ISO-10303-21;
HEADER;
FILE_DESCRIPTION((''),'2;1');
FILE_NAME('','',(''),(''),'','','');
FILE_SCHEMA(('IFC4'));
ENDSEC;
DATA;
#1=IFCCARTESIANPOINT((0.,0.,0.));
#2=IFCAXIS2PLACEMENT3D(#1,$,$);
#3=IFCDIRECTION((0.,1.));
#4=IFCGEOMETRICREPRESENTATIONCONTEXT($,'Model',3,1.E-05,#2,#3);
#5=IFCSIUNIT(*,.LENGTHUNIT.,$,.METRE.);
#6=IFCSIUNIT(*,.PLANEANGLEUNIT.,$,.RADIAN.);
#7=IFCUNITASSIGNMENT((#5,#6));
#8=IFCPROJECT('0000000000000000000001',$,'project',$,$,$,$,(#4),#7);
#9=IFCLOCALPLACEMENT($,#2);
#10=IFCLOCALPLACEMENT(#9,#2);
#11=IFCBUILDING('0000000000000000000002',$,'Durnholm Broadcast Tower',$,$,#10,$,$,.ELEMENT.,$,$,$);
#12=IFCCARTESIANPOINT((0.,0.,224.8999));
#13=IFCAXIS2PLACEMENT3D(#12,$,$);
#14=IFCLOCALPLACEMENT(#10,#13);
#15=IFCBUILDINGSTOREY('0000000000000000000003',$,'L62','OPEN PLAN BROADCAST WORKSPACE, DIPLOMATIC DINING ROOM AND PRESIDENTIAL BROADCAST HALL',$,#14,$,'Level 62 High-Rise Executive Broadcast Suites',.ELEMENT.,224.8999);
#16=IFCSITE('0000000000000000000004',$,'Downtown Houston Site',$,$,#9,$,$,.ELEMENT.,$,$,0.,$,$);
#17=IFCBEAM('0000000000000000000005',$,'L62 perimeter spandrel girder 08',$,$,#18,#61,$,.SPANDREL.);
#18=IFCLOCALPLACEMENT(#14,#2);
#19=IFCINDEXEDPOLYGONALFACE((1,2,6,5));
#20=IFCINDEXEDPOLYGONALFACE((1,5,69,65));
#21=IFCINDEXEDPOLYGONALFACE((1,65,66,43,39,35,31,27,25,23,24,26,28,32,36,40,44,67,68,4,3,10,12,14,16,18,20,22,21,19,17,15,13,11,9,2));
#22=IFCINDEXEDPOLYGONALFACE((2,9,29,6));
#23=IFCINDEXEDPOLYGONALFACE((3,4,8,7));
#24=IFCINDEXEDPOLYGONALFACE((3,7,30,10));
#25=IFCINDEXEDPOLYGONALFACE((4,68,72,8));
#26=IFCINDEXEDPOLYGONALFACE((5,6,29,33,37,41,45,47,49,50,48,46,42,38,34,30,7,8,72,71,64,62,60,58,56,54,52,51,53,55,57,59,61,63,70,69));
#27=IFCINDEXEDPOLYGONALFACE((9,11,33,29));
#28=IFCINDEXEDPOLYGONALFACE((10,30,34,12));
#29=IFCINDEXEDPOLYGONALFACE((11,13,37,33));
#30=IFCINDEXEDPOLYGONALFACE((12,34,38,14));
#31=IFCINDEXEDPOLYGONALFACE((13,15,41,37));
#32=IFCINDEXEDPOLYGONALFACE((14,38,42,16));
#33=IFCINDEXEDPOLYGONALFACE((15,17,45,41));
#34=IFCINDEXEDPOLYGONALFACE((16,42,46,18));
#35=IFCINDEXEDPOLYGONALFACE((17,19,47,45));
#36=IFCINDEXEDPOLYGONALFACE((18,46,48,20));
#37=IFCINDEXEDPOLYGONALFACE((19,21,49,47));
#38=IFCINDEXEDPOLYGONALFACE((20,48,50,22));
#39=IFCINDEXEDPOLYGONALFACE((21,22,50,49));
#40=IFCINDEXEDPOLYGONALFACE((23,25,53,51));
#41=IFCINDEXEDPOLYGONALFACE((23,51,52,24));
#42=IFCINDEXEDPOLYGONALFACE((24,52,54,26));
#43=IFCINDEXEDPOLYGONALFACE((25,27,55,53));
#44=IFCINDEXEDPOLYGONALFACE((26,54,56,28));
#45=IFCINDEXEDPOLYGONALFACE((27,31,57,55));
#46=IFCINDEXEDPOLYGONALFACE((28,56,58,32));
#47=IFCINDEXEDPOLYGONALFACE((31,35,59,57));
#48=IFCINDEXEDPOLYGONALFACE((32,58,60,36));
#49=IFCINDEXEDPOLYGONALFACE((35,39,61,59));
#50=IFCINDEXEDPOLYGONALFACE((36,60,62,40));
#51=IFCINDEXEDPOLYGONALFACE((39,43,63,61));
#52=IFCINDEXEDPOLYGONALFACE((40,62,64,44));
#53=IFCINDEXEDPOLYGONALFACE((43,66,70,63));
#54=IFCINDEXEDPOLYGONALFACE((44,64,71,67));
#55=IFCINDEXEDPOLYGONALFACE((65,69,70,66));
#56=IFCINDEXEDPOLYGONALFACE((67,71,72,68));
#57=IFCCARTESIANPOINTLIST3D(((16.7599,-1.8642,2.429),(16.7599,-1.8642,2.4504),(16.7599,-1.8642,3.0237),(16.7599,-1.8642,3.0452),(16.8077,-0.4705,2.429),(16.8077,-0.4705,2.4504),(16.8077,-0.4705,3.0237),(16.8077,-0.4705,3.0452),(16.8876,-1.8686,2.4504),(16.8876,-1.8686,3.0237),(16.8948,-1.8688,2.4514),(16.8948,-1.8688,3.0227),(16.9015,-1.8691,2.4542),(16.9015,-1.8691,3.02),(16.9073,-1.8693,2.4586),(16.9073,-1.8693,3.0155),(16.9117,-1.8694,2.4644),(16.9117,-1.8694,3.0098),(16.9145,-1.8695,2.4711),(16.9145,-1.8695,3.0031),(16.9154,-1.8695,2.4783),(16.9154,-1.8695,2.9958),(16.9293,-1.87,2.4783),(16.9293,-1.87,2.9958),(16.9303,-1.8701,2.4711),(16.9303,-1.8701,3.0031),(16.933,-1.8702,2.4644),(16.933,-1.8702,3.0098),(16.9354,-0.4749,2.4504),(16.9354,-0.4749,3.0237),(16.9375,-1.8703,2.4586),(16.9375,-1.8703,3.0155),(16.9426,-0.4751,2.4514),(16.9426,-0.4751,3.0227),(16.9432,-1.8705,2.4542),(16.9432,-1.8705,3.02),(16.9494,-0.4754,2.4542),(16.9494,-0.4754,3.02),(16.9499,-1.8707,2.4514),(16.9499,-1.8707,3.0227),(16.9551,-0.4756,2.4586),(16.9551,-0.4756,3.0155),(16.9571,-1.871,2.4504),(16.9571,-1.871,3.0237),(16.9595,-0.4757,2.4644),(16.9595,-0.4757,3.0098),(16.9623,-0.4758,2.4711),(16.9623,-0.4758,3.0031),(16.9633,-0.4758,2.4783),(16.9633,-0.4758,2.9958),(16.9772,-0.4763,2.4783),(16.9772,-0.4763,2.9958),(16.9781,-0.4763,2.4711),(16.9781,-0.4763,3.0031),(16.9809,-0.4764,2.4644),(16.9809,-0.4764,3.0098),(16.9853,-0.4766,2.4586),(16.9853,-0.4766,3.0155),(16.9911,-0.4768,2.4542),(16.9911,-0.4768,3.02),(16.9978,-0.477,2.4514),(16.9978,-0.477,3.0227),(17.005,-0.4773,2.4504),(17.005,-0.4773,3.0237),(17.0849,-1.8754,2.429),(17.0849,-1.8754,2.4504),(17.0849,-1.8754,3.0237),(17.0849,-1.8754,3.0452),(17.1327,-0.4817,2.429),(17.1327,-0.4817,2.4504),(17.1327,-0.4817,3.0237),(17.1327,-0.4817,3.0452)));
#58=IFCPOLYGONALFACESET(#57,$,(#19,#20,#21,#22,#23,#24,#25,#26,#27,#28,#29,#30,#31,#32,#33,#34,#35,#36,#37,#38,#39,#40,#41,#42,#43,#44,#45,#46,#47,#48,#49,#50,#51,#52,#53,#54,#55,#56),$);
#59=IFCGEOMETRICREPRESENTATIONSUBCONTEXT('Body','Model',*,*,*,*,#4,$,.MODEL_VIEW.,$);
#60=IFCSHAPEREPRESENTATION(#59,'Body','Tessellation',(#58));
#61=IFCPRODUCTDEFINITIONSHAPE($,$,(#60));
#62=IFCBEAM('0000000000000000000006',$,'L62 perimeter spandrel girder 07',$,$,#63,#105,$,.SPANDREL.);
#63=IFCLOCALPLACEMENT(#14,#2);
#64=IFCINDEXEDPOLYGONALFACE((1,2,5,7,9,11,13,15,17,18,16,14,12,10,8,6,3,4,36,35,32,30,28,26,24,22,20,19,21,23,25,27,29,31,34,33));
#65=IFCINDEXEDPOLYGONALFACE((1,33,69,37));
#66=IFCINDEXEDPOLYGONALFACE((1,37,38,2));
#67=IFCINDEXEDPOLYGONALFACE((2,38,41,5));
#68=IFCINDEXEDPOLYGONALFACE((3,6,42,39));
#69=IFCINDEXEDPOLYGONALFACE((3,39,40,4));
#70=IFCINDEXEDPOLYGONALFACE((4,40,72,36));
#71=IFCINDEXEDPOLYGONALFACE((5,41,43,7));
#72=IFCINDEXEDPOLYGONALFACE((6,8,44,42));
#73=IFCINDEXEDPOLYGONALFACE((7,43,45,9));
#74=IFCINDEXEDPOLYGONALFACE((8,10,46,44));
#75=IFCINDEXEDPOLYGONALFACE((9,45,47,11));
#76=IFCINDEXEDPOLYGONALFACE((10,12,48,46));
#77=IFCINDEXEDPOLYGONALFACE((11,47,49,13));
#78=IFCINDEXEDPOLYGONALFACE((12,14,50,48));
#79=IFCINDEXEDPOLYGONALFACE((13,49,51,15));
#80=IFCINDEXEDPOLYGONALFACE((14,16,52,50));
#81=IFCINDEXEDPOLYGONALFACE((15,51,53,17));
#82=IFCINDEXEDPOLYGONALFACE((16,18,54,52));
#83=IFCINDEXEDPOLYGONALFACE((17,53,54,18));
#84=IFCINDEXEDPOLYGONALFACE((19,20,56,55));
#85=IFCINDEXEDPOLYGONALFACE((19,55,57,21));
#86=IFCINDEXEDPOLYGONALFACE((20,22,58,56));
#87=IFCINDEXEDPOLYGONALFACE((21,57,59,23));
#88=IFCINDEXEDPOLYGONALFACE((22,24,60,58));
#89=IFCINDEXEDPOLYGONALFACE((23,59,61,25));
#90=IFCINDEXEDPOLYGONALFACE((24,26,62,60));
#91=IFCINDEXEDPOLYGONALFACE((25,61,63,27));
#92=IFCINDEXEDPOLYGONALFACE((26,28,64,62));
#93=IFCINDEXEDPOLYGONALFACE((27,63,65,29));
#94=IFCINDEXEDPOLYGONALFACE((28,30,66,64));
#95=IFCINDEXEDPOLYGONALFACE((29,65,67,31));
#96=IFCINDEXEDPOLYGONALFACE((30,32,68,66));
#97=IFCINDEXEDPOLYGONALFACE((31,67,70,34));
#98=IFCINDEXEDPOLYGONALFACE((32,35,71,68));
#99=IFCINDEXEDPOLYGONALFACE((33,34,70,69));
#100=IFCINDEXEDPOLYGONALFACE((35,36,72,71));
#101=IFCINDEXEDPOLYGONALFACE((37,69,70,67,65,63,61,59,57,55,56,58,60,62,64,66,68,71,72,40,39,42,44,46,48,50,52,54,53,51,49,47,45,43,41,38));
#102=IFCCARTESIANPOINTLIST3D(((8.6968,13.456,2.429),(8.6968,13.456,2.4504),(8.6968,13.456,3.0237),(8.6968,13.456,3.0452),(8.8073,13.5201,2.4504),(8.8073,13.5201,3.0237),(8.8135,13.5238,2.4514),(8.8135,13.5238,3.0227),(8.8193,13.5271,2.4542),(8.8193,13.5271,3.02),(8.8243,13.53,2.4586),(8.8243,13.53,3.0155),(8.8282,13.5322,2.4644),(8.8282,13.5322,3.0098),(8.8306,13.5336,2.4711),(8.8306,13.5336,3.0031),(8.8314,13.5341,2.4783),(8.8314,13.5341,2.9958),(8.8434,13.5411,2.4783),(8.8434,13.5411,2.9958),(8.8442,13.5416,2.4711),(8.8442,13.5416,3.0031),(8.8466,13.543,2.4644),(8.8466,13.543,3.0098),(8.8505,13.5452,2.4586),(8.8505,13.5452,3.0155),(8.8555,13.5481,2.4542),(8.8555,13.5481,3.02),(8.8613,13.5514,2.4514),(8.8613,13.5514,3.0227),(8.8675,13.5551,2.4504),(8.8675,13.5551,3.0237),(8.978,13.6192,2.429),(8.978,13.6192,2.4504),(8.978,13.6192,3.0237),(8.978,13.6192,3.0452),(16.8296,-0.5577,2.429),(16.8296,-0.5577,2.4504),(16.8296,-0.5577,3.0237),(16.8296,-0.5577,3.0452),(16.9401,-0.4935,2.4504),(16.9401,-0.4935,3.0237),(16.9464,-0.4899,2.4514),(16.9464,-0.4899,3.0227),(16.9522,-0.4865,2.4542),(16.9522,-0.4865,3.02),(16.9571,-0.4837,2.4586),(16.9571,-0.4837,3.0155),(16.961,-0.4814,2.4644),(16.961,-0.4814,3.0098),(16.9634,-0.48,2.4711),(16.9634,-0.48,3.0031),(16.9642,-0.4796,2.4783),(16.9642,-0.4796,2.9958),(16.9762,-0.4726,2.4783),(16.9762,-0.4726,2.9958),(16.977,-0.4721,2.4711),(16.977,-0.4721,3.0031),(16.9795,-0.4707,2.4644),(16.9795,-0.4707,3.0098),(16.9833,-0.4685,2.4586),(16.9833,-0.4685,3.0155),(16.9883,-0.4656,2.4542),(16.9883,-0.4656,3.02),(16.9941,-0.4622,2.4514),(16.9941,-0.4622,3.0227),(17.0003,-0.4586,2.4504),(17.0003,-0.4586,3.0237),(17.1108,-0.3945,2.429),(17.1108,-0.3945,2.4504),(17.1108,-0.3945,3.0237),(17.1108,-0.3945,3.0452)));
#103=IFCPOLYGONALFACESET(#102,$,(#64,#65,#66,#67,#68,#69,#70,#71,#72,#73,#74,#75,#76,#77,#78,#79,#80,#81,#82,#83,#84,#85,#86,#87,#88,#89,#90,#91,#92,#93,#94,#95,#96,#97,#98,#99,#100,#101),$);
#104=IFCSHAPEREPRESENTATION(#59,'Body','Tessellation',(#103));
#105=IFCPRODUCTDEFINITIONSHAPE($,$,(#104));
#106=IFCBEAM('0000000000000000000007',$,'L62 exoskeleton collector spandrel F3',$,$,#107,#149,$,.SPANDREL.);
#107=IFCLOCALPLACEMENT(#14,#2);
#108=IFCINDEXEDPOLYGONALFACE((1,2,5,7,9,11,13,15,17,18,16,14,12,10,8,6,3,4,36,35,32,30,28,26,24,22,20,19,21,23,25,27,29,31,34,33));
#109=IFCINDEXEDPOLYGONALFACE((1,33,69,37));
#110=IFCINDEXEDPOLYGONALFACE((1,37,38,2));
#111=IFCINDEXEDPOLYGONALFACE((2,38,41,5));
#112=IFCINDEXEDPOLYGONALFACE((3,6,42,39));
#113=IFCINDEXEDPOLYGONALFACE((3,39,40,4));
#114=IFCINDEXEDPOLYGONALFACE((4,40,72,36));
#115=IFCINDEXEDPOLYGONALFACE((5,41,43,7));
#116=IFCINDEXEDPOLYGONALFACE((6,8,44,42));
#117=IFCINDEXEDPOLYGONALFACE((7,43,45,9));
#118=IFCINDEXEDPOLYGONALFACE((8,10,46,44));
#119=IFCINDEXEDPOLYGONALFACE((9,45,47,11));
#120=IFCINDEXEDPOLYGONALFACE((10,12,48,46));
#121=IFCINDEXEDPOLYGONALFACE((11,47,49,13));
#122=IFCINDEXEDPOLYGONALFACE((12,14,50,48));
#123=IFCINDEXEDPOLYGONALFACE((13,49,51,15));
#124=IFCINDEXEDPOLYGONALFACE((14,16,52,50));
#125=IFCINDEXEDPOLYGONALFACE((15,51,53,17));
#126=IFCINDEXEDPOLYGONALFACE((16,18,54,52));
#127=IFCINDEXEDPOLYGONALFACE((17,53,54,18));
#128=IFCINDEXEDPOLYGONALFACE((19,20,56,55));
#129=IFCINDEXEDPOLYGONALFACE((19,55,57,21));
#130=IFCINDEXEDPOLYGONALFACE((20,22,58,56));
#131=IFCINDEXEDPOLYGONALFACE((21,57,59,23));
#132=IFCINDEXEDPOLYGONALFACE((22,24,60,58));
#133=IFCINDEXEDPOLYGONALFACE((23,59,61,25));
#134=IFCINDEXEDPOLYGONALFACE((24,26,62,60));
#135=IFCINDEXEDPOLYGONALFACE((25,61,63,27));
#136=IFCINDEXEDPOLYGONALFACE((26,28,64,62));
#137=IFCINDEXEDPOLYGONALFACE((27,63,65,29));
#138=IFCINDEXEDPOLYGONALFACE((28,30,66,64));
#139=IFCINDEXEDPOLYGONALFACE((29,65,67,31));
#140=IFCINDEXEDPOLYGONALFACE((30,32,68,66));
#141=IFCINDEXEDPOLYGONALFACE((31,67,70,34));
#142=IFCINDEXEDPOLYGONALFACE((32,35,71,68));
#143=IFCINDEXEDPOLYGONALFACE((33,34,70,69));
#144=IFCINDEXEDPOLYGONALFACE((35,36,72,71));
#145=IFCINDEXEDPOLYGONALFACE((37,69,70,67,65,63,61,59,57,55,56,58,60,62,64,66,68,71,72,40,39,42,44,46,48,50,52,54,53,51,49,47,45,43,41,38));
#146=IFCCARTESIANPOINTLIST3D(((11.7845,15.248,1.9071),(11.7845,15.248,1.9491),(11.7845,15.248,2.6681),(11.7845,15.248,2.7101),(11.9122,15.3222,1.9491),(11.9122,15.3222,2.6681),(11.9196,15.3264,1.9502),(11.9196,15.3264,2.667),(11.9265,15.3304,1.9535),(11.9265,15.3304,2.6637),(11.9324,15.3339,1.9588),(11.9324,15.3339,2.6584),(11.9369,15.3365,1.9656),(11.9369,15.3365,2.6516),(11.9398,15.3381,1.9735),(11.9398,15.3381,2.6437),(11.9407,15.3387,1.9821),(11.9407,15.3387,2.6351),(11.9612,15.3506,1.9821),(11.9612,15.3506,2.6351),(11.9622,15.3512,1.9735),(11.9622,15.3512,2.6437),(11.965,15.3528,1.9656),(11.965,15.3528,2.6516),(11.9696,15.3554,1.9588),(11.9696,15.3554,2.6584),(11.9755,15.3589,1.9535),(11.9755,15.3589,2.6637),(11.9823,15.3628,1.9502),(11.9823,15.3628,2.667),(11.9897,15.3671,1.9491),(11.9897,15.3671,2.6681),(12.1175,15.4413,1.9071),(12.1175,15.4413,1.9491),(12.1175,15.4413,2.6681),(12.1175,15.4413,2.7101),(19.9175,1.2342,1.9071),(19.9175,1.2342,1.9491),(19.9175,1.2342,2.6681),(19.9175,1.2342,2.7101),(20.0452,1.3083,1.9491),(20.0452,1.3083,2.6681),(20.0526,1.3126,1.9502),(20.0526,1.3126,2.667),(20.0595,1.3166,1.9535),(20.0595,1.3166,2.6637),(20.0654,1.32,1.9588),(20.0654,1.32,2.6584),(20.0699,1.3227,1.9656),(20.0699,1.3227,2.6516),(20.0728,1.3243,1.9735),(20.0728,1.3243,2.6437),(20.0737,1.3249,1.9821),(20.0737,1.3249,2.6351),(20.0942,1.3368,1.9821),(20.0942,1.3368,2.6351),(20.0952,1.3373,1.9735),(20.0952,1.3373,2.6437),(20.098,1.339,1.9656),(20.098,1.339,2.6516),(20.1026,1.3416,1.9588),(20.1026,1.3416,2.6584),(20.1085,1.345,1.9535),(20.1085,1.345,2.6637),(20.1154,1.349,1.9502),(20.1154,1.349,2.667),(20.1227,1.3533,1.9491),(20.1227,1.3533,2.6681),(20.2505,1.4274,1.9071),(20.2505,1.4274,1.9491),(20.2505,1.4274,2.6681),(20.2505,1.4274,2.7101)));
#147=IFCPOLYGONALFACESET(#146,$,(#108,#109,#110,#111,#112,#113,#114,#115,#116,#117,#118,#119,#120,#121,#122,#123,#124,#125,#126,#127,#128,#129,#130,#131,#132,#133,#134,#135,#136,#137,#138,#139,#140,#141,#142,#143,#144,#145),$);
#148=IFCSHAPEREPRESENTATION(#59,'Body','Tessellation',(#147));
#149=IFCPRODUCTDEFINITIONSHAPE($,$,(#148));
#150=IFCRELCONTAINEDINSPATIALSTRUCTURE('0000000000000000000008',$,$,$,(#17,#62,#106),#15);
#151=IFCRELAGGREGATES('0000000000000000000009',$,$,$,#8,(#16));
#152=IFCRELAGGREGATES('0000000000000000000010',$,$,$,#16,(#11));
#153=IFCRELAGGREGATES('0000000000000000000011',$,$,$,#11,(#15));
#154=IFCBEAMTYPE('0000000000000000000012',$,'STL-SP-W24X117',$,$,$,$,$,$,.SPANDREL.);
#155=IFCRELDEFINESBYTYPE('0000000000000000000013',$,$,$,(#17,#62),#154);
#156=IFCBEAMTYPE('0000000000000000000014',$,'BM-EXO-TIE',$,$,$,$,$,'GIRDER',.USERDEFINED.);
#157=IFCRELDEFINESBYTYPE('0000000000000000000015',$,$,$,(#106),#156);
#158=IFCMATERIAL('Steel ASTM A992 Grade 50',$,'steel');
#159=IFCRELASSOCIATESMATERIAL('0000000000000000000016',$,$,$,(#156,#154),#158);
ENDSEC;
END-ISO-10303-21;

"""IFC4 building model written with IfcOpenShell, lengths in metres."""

from ifc_helpers import new_model, si_unit, direction, frame, origin, origin_2d, place, context, subcontext, project, spatial, i_section, extrude, source, transform, mapped, material, material_profile, profile_set, type_object, type_shapes, element, save


model = new_model("IFC4")

# Units and contexts
model_context = context("Model", 3, precision=1e-05, world=origin(), true_north=direction((0.0, 1.0)))
body_context = subcontext(model_context, "Body", "Model", "MODEL_VIEW")
ifc_project = project(units=[si_unit("LENGTHUNIT", "METRE"), si_unit("PLANEANGLEUNIT", "RADIAN")], contexts=[model_context])

# Site, building, storey
site_placement = place(None, origin())
site = spatial("IfcSite", under=ifc_project, at=site_placement, Name="Downtown Houston Site", CompositionType="ELEMENT", RefElevation=0.0)
building_placement = place(site_placement, origin())
building = spatial("IfcBuilding", under=site, at=building_placement, Name="Durnholm Broadcast Tower", CompositionType="ELEMENT")
storey_placement = place(building_placement, frame((0.0, 0.0, 224.8999)))
storey = spatial("IfcBuildingStorey", under=building, at=storey_placement, Name="L62", Description="OPEN PLAN BROADCAST WORKSPACE, DIPLOMATIC DINING ROOM AND PRESIDENTIAL BROADCAST HALL", LongName="Level 62 High-Rise Executive Broadcast Suites", CompositionType="ELEMENT", Elevation=224.8999)

# Beams
ifc_material_1 = material(Name="Steel ASTM A992 Grade 50", Category="steel")
ifc_material_profile_1 = material_profile(ifc_material_1, i_section(OverallWidth=0.385, OverallDepth=0.803, WebThickness=0.0237, FlangeThickness=0.042, FilletRadius=0.033, at=origin_2d()), Name="W30X261")
ifc_profile_set_1 = profile_set([ifc_material_profile_1], Name="Steel ASTM A992 Grade 50")
beam_type_1 = type_object("IfcBeamType", Name="BM-EXO-TIE", ElementType="GIRDER", PredefinedType="USERDEFINED", material=ifc_profile_set_1)
ifc_material_profile_2 = material_profile(ifc_material_1, i_section(OverallWidth=0.3252, OverallDepth=0.6162, WebThickness=0.0139, FlangeThickness=0.0215, FilletRadius=0.0278, at=origin_2d()), Name="W24X117")
ifc_profile_set_2 = profile_set([ifc_material_profile_2], Name="Steel ASTM A992 Grade 50")
beam_type_2 = type_object("IfcBeamType", Name="STL-SP-W24X117", PredefinedType="SPANDREL", material=ifc_profile_set_2)
shared_shape_1 = source(origin(), body_context, "Body", "SweptSolid", [
    extrude(i_section(OverallWidth=0.3252, OverallDepth=0.6162, WebThickness=0.0139, FlangeThickness=0.0215, FilletRadius=0.0278, at=origin_2d()), origin(), (0.0, 0.0, 1.0), 1.3945),
])
beam_1_placement = place(storey_placement, frame((16.9702, -0.4761, 2.7371), z_axis=(-0.034312, -0.999411, 0.0), x_axis=(0.999411, -0.034312, 0.0)))
element("IfcBeam", 1, at=beam_1_placement, inside=storey, type_object=beam_type_2, Name="L62 perimeter spandrel girder 08", PredefinedType="SPANDREL", context=body_context, shape_type="MappedRepresentation", body=[
    mapped(shared_shape_1, transform((0.0, 0.0, 0.0), x_axis=(1.0, 0.0, 0.0), y_axis=(0.0, 1.0, 0.0), z_axis=(0.0, 0.0, 1.0), scale=1.0)),
])
shared_shape_2 = source(origin(), body_context, "Body", "SweptSolid", [
    extrude(i_section(OverallWidth=0.3252, OverallDepth=0.6162, WebThickness=0.0139, FlangeThickness=0.0215, FilletRadius=0.0278, at=origin_2d()), origin(), (0.0, 0.0, 1.0), 16.2026),
])
type_shapes(beam_type_2, [shared_shape_1, shared_shape_2])
beam_2_placement = place(storey_placement, frame((8.8374, 13.5376, 2.7371), z_axis=(0.501944, -0.8649, 0.0), x_axis=(0.8649, 0.501944, 0.0)))
element("IfcBeam", 2, at=beam_2_placement, inside=storey, type_object=beam_type_2, Name="L62 perimeter spandrel girder 07", PredefinedType="SPANDREL", context=body_context, shape_type="MappedRepresentation", body=[
    mapped(shared_shape_2, transform((0.0, 0.0, 0.0), x_axis=(1.0, 0.0, 0.0), y_axis=(0.0, 1.0, 0.0), z_axis=(0.0, 0.0, 1.0), scale=1.0)),
])
shared_shape_3 = source(origin(), body_context, "Body", "SweptSolid", [
    extrude(i_section(OverallWidth=0.385, OverallDepth=0.803, WebThickness=0.0237, FlangeThickness=0.042, FilletRadius=0.033, at=origin_2d()), origin(), (0.0, 0.0, 1.0), 16.2029),
])
beam_3_placement = place(storey_placement, frame((20.084, 1.3308, 2.3086), z_axis=(-0.501948, 0.864898, 0.0), x_axis=(-0.864898, -0.501948, 0.0)))
element("IfcBeam", 3, at=beam_3_placement, inside=storey, type_object=beam_type_1, Name="L62 exoskeleton collector spandrel F3", PredefinedType="SPANDREL", context=body_context, shape_type="MappedRepresentation", body=[
    mapped(shared_shape_3, transform((0.0, 0.0, 0.0), x_axis=(1.0, 0.0, 0.0), y_axis=(0.0, 1.0, 0.0), z_axis=(0.0, 0.0, 1.0), scale=1.0)),
])

save(model, "model.ifc")
